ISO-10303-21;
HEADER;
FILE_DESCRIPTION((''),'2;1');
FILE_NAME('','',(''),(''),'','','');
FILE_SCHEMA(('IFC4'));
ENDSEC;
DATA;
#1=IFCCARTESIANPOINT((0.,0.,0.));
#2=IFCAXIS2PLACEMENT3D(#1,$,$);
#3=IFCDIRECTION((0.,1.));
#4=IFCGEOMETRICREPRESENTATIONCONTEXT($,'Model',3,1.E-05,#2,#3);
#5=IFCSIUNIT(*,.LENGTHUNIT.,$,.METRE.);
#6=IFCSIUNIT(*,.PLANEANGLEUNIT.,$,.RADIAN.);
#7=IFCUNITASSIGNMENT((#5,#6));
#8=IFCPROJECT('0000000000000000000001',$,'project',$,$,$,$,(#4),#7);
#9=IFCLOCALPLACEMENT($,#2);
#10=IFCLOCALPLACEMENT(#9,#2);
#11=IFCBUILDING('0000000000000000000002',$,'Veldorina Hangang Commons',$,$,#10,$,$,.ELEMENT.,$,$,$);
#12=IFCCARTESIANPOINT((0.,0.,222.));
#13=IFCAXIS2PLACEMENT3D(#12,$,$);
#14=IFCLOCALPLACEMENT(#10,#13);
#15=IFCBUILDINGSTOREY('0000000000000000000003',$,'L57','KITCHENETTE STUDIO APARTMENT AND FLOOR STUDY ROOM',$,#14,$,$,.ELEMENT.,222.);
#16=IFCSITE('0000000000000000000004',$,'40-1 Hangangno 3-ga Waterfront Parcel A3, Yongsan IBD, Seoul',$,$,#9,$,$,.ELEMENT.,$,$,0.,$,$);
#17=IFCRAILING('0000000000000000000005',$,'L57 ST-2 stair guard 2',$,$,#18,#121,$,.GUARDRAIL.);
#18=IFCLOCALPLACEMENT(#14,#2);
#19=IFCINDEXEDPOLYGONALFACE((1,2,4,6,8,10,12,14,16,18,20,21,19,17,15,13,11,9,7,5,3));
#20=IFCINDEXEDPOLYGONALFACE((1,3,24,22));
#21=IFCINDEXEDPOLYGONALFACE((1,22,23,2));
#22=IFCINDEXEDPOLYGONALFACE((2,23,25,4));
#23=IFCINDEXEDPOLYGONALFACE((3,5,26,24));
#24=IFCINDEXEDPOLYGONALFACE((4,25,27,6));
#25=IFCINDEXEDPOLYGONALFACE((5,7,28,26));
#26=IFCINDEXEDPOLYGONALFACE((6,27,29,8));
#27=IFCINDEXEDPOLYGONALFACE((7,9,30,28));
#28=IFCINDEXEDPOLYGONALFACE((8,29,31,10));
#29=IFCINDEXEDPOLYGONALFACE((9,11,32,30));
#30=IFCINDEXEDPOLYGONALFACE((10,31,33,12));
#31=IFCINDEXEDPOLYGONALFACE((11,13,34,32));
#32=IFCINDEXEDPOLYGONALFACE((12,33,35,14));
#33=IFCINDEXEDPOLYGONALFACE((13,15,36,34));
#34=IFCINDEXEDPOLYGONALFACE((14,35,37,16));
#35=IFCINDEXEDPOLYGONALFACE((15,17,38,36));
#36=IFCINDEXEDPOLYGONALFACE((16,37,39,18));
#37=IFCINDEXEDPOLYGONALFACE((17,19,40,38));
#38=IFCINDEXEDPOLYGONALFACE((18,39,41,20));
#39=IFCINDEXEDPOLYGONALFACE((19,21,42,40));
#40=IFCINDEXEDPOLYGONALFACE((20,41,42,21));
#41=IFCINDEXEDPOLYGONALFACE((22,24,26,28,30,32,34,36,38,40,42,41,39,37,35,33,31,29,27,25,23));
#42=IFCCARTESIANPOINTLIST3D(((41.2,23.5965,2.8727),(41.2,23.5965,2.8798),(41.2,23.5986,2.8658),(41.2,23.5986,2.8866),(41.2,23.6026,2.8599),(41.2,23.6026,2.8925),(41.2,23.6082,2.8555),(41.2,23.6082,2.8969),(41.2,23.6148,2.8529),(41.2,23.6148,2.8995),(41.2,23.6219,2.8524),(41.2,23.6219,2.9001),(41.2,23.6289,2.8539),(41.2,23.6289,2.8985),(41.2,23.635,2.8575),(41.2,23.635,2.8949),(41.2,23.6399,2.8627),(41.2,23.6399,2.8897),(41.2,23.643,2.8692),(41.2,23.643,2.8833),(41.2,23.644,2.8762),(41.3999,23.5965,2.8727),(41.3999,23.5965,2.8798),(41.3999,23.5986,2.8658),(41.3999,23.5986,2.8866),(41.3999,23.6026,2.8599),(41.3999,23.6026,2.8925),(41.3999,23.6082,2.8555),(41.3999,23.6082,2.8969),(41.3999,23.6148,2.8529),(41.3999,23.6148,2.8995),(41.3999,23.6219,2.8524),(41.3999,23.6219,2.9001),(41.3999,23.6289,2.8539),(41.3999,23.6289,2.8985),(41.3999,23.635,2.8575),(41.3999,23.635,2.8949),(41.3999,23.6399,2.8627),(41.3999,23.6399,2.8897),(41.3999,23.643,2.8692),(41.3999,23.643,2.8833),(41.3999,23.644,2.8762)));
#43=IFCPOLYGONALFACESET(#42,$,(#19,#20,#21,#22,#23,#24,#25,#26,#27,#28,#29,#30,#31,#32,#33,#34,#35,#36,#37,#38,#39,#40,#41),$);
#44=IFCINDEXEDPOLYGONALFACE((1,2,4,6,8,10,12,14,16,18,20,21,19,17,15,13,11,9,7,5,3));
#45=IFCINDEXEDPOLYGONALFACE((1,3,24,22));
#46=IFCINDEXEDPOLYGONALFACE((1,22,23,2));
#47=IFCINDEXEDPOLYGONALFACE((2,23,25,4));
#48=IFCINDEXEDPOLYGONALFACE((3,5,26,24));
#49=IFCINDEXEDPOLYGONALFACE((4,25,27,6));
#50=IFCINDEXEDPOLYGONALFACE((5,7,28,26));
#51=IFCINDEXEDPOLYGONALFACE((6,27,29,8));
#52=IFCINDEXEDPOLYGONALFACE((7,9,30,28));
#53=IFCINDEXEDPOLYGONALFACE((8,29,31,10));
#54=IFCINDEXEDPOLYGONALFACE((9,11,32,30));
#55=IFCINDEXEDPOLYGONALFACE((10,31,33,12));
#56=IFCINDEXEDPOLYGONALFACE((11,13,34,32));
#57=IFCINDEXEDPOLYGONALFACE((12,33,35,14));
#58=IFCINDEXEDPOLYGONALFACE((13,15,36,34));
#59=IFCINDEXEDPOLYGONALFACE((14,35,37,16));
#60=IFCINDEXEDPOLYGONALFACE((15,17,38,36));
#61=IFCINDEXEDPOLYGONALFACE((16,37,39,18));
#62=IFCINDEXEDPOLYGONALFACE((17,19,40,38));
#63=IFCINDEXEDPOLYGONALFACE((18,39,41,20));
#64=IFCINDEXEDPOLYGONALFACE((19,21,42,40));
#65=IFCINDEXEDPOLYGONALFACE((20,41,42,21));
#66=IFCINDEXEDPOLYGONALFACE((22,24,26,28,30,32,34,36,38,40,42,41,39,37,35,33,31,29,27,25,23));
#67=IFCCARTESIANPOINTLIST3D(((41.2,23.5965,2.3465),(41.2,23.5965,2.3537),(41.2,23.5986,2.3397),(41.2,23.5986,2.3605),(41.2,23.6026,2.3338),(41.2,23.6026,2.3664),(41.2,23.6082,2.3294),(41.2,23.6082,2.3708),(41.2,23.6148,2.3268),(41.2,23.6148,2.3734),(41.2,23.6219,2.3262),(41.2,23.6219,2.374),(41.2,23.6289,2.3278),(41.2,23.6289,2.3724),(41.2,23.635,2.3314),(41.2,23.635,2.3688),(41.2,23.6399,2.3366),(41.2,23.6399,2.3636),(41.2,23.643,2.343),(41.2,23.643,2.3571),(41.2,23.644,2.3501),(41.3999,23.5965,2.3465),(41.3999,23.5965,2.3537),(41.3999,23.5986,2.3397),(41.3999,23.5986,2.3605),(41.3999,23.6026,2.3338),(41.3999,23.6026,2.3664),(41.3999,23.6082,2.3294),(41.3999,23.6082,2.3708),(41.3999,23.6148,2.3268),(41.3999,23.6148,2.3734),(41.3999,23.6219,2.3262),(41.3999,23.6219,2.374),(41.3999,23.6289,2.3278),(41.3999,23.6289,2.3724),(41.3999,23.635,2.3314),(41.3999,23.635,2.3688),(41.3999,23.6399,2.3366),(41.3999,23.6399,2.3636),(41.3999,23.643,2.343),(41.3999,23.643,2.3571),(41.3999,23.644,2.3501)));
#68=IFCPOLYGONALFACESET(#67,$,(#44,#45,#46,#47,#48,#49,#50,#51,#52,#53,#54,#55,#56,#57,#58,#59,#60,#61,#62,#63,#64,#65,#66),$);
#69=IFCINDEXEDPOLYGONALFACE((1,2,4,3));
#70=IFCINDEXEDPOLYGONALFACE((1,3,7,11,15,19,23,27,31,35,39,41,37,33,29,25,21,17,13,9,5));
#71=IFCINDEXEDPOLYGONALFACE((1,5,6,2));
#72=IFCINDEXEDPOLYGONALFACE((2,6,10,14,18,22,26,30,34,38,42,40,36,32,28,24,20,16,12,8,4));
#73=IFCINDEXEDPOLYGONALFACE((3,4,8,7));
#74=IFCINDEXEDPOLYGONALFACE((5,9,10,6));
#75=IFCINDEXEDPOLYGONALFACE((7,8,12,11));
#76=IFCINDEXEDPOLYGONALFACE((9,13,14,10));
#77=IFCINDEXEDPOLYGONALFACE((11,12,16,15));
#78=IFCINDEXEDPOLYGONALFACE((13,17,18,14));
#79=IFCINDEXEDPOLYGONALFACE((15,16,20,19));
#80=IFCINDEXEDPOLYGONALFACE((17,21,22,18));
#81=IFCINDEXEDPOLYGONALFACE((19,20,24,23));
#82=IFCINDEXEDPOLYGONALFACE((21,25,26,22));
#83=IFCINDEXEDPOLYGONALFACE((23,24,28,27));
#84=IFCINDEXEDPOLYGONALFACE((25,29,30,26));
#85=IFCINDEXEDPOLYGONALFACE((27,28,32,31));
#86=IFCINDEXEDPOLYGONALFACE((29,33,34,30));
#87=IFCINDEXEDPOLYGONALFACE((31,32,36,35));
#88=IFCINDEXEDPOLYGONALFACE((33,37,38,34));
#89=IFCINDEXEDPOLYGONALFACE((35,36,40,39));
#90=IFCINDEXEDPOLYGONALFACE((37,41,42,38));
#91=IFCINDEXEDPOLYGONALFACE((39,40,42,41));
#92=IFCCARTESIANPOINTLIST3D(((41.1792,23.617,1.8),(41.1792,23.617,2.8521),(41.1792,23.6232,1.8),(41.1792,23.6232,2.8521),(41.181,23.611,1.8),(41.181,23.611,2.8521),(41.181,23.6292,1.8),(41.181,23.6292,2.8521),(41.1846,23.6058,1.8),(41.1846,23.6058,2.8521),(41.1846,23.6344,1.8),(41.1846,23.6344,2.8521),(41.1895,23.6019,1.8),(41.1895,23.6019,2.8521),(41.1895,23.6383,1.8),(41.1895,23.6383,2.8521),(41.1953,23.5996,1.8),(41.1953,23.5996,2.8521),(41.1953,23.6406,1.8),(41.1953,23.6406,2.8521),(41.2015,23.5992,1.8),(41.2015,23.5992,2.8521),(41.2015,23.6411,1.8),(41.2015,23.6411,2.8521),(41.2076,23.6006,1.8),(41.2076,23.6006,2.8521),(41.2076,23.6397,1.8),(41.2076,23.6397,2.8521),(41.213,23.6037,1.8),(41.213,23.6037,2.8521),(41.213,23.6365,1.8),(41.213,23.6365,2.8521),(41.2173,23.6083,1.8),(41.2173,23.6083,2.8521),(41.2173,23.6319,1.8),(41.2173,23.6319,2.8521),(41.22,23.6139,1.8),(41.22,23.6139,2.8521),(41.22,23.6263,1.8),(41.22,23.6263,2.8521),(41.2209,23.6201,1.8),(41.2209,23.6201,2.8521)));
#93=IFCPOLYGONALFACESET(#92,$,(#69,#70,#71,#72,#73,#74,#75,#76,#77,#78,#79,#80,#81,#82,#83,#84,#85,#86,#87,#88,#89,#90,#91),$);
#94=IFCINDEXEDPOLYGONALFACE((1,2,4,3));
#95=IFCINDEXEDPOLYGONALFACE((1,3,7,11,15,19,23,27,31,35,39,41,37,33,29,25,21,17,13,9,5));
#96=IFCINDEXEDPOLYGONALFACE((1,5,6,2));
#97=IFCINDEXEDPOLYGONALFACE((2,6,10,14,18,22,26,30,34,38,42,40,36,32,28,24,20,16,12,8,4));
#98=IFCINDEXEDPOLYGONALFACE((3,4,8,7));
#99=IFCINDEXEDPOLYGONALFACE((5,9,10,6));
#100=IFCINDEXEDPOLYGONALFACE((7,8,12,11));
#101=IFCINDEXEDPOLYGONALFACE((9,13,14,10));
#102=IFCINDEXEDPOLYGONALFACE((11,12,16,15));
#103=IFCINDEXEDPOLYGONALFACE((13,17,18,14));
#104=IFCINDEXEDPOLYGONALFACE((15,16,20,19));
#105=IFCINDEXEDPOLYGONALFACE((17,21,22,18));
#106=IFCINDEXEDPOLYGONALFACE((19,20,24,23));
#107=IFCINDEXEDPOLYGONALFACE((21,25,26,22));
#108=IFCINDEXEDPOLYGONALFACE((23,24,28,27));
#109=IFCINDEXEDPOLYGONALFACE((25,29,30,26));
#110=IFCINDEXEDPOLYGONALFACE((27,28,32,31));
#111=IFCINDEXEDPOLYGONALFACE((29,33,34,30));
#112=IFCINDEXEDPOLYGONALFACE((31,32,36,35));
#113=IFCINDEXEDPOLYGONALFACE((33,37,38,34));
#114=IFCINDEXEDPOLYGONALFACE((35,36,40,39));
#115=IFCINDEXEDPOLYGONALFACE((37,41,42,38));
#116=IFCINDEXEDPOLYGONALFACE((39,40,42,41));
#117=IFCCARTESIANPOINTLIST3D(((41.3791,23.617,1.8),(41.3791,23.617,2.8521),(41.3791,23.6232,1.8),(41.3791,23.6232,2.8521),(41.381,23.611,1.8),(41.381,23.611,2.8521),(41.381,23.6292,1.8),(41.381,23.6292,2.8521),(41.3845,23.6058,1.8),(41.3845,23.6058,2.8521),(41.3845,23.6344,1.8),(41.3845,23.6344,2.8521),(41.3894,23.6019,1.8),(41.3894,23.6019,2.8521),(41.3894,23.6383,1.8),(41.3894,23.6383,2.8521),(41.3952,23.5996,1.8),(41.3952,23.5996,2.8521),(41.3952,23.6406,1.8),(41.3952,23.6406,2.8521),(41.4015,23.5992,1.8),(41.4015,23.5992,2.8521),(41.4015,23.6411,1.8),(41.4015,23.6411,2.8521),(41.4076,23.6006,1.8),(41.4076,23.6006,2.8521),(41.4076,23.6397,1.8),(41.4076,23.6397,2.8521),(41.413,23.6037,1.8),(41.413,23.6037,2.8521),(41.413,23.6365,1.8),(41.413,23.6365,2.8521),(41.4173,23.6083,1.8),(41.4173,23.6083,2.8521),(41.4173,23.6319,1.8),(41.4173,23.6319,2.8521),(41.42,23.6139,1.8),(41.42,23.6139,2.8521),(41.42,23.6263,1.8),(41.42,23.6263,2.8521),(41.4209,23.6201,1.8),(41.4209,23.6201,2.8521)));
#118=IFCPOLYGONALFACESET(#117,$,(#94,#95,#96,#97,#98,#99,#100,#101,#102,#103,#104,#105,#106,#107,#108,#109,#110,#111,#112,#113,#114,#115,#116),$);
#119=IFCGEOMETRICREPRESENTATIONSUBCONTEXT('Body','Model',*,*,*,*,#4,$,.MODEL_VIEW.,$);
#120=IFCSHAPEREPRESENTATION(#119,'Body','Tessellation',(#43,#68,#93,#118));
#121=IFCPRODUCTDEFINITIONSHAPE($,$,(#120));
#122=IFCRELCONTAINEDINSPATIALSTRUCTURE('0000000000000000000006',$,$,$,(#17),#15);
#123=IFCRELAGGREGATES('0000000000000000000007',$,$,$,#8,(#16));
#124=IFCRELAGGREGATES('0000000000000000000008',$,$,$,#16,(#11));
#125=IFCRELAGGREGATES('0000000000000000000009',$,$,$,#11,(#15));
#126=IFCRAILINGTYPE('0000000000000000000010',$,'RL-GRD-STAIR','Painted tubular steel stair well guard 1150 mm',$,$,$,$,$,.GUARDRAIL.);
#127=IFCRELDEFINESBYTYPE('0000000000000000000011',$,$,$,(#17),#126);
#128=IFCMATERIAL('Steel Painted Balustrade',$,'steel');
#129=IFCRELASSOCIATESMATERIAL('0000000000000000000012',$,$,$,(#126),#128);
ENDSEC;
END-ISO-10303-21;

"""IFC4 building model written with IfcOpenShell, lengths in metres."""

from ifc_helpers import new_model, si_unit, direction, frame, origin, origin_2d, place, context, subcontext, project, spatial, circle, extrude, material, type_object, element, save


model = new_model("IFC4")

# Units and contexts
model_context = context("Model", 3, precision=1e-05, world=origin(), true_north=direction((0.0, 1.0)))
body_context = subcontext(model_context, "Body", "Model", "MODEL_VIEW")
ifc_project = project(units=[si_unit("LENGTHUNIT", "METRE"), si_unit("PLANEANGLEUNIT", "RADIAN")], contexts=[model_context])

# Site, building, storey
site_placement = place(None, origin())
site = spatial("IfcSite", under=ifc_project, at=site_placement, Name="40-1 Hangangno 3-ga Waterfront Parcel A3, Yongsan IBD, Seoul", CompositionType="ELEMENT", RefElevation=0.0)
building_placement = place(site_placement, origin())
building = spatial("IfcBuilding", under=site, at=building_placement, Name="Veldorina Hangang Commons", CompositionType="ELEMENT")
storey_placement = place(building_placement, frame((0.0, 0.0, 222.0)))
storey = spatial("IfcBuildingStorey", under=building, at=storey_placement, Name="L57", Description="KITCHENETTE STUDIO APARTMENT AND FLOOR STUDY ROOM", CompositionType="ELEMENT", Elevation=222.0)

# Railing
ifc_material_1 = material(Name="Steel Painted Balustrade", Category="steel")
railing_type_1 = type_object("IfcRailingType", Name="RL-GRD-STAIR", Description="Painted tubular steel stair well guard 1150 mm", PredefinedType="GUARDRAIL", material=ifc_material_1)
railing_1_placement = place(storey_placement, frame((41.2, 23.6201, 1.8)))
element("IfcRailing", 1, at=railing_1_placement, inside=storey, type_object=railing_type_1, Name="L57 ST-2 stair guard 2", PredefinedType="GUARDRAIL", context=body_context, shape_type="SweptSolid", body=[
    extrude(circle(Radius=0.0239, at=origin_2d()), frame((0.0, 0.0, 1.0762), z_axis=(1.0, 0.0, 0.0), x_axis=(0.0, 1.0, 0.0)), (0.0, 0.0, 1.0), 0.2),
    extrude(circle(Radius=0.0239, at=origin_2d()), frame((0.0, 0.0, 0.55), z_axis=(1.0, 0.0, 0.0), x_axis=(0.0, 1.0, 0.0)), (0.0, 0.0, 1.0), 0.2),
    extrude(circle(Radius=0.021, at=origin_2d()), origin(), (0.0, 0.0, 1.0), 1.052),
    extrude(circle(Radius=0.021, at=origin_2d()), frame((0.2, 0.0, 0.0)), (0.0, 0.0, 1.0), 1.052),
])

save(model, "model.ifc")
